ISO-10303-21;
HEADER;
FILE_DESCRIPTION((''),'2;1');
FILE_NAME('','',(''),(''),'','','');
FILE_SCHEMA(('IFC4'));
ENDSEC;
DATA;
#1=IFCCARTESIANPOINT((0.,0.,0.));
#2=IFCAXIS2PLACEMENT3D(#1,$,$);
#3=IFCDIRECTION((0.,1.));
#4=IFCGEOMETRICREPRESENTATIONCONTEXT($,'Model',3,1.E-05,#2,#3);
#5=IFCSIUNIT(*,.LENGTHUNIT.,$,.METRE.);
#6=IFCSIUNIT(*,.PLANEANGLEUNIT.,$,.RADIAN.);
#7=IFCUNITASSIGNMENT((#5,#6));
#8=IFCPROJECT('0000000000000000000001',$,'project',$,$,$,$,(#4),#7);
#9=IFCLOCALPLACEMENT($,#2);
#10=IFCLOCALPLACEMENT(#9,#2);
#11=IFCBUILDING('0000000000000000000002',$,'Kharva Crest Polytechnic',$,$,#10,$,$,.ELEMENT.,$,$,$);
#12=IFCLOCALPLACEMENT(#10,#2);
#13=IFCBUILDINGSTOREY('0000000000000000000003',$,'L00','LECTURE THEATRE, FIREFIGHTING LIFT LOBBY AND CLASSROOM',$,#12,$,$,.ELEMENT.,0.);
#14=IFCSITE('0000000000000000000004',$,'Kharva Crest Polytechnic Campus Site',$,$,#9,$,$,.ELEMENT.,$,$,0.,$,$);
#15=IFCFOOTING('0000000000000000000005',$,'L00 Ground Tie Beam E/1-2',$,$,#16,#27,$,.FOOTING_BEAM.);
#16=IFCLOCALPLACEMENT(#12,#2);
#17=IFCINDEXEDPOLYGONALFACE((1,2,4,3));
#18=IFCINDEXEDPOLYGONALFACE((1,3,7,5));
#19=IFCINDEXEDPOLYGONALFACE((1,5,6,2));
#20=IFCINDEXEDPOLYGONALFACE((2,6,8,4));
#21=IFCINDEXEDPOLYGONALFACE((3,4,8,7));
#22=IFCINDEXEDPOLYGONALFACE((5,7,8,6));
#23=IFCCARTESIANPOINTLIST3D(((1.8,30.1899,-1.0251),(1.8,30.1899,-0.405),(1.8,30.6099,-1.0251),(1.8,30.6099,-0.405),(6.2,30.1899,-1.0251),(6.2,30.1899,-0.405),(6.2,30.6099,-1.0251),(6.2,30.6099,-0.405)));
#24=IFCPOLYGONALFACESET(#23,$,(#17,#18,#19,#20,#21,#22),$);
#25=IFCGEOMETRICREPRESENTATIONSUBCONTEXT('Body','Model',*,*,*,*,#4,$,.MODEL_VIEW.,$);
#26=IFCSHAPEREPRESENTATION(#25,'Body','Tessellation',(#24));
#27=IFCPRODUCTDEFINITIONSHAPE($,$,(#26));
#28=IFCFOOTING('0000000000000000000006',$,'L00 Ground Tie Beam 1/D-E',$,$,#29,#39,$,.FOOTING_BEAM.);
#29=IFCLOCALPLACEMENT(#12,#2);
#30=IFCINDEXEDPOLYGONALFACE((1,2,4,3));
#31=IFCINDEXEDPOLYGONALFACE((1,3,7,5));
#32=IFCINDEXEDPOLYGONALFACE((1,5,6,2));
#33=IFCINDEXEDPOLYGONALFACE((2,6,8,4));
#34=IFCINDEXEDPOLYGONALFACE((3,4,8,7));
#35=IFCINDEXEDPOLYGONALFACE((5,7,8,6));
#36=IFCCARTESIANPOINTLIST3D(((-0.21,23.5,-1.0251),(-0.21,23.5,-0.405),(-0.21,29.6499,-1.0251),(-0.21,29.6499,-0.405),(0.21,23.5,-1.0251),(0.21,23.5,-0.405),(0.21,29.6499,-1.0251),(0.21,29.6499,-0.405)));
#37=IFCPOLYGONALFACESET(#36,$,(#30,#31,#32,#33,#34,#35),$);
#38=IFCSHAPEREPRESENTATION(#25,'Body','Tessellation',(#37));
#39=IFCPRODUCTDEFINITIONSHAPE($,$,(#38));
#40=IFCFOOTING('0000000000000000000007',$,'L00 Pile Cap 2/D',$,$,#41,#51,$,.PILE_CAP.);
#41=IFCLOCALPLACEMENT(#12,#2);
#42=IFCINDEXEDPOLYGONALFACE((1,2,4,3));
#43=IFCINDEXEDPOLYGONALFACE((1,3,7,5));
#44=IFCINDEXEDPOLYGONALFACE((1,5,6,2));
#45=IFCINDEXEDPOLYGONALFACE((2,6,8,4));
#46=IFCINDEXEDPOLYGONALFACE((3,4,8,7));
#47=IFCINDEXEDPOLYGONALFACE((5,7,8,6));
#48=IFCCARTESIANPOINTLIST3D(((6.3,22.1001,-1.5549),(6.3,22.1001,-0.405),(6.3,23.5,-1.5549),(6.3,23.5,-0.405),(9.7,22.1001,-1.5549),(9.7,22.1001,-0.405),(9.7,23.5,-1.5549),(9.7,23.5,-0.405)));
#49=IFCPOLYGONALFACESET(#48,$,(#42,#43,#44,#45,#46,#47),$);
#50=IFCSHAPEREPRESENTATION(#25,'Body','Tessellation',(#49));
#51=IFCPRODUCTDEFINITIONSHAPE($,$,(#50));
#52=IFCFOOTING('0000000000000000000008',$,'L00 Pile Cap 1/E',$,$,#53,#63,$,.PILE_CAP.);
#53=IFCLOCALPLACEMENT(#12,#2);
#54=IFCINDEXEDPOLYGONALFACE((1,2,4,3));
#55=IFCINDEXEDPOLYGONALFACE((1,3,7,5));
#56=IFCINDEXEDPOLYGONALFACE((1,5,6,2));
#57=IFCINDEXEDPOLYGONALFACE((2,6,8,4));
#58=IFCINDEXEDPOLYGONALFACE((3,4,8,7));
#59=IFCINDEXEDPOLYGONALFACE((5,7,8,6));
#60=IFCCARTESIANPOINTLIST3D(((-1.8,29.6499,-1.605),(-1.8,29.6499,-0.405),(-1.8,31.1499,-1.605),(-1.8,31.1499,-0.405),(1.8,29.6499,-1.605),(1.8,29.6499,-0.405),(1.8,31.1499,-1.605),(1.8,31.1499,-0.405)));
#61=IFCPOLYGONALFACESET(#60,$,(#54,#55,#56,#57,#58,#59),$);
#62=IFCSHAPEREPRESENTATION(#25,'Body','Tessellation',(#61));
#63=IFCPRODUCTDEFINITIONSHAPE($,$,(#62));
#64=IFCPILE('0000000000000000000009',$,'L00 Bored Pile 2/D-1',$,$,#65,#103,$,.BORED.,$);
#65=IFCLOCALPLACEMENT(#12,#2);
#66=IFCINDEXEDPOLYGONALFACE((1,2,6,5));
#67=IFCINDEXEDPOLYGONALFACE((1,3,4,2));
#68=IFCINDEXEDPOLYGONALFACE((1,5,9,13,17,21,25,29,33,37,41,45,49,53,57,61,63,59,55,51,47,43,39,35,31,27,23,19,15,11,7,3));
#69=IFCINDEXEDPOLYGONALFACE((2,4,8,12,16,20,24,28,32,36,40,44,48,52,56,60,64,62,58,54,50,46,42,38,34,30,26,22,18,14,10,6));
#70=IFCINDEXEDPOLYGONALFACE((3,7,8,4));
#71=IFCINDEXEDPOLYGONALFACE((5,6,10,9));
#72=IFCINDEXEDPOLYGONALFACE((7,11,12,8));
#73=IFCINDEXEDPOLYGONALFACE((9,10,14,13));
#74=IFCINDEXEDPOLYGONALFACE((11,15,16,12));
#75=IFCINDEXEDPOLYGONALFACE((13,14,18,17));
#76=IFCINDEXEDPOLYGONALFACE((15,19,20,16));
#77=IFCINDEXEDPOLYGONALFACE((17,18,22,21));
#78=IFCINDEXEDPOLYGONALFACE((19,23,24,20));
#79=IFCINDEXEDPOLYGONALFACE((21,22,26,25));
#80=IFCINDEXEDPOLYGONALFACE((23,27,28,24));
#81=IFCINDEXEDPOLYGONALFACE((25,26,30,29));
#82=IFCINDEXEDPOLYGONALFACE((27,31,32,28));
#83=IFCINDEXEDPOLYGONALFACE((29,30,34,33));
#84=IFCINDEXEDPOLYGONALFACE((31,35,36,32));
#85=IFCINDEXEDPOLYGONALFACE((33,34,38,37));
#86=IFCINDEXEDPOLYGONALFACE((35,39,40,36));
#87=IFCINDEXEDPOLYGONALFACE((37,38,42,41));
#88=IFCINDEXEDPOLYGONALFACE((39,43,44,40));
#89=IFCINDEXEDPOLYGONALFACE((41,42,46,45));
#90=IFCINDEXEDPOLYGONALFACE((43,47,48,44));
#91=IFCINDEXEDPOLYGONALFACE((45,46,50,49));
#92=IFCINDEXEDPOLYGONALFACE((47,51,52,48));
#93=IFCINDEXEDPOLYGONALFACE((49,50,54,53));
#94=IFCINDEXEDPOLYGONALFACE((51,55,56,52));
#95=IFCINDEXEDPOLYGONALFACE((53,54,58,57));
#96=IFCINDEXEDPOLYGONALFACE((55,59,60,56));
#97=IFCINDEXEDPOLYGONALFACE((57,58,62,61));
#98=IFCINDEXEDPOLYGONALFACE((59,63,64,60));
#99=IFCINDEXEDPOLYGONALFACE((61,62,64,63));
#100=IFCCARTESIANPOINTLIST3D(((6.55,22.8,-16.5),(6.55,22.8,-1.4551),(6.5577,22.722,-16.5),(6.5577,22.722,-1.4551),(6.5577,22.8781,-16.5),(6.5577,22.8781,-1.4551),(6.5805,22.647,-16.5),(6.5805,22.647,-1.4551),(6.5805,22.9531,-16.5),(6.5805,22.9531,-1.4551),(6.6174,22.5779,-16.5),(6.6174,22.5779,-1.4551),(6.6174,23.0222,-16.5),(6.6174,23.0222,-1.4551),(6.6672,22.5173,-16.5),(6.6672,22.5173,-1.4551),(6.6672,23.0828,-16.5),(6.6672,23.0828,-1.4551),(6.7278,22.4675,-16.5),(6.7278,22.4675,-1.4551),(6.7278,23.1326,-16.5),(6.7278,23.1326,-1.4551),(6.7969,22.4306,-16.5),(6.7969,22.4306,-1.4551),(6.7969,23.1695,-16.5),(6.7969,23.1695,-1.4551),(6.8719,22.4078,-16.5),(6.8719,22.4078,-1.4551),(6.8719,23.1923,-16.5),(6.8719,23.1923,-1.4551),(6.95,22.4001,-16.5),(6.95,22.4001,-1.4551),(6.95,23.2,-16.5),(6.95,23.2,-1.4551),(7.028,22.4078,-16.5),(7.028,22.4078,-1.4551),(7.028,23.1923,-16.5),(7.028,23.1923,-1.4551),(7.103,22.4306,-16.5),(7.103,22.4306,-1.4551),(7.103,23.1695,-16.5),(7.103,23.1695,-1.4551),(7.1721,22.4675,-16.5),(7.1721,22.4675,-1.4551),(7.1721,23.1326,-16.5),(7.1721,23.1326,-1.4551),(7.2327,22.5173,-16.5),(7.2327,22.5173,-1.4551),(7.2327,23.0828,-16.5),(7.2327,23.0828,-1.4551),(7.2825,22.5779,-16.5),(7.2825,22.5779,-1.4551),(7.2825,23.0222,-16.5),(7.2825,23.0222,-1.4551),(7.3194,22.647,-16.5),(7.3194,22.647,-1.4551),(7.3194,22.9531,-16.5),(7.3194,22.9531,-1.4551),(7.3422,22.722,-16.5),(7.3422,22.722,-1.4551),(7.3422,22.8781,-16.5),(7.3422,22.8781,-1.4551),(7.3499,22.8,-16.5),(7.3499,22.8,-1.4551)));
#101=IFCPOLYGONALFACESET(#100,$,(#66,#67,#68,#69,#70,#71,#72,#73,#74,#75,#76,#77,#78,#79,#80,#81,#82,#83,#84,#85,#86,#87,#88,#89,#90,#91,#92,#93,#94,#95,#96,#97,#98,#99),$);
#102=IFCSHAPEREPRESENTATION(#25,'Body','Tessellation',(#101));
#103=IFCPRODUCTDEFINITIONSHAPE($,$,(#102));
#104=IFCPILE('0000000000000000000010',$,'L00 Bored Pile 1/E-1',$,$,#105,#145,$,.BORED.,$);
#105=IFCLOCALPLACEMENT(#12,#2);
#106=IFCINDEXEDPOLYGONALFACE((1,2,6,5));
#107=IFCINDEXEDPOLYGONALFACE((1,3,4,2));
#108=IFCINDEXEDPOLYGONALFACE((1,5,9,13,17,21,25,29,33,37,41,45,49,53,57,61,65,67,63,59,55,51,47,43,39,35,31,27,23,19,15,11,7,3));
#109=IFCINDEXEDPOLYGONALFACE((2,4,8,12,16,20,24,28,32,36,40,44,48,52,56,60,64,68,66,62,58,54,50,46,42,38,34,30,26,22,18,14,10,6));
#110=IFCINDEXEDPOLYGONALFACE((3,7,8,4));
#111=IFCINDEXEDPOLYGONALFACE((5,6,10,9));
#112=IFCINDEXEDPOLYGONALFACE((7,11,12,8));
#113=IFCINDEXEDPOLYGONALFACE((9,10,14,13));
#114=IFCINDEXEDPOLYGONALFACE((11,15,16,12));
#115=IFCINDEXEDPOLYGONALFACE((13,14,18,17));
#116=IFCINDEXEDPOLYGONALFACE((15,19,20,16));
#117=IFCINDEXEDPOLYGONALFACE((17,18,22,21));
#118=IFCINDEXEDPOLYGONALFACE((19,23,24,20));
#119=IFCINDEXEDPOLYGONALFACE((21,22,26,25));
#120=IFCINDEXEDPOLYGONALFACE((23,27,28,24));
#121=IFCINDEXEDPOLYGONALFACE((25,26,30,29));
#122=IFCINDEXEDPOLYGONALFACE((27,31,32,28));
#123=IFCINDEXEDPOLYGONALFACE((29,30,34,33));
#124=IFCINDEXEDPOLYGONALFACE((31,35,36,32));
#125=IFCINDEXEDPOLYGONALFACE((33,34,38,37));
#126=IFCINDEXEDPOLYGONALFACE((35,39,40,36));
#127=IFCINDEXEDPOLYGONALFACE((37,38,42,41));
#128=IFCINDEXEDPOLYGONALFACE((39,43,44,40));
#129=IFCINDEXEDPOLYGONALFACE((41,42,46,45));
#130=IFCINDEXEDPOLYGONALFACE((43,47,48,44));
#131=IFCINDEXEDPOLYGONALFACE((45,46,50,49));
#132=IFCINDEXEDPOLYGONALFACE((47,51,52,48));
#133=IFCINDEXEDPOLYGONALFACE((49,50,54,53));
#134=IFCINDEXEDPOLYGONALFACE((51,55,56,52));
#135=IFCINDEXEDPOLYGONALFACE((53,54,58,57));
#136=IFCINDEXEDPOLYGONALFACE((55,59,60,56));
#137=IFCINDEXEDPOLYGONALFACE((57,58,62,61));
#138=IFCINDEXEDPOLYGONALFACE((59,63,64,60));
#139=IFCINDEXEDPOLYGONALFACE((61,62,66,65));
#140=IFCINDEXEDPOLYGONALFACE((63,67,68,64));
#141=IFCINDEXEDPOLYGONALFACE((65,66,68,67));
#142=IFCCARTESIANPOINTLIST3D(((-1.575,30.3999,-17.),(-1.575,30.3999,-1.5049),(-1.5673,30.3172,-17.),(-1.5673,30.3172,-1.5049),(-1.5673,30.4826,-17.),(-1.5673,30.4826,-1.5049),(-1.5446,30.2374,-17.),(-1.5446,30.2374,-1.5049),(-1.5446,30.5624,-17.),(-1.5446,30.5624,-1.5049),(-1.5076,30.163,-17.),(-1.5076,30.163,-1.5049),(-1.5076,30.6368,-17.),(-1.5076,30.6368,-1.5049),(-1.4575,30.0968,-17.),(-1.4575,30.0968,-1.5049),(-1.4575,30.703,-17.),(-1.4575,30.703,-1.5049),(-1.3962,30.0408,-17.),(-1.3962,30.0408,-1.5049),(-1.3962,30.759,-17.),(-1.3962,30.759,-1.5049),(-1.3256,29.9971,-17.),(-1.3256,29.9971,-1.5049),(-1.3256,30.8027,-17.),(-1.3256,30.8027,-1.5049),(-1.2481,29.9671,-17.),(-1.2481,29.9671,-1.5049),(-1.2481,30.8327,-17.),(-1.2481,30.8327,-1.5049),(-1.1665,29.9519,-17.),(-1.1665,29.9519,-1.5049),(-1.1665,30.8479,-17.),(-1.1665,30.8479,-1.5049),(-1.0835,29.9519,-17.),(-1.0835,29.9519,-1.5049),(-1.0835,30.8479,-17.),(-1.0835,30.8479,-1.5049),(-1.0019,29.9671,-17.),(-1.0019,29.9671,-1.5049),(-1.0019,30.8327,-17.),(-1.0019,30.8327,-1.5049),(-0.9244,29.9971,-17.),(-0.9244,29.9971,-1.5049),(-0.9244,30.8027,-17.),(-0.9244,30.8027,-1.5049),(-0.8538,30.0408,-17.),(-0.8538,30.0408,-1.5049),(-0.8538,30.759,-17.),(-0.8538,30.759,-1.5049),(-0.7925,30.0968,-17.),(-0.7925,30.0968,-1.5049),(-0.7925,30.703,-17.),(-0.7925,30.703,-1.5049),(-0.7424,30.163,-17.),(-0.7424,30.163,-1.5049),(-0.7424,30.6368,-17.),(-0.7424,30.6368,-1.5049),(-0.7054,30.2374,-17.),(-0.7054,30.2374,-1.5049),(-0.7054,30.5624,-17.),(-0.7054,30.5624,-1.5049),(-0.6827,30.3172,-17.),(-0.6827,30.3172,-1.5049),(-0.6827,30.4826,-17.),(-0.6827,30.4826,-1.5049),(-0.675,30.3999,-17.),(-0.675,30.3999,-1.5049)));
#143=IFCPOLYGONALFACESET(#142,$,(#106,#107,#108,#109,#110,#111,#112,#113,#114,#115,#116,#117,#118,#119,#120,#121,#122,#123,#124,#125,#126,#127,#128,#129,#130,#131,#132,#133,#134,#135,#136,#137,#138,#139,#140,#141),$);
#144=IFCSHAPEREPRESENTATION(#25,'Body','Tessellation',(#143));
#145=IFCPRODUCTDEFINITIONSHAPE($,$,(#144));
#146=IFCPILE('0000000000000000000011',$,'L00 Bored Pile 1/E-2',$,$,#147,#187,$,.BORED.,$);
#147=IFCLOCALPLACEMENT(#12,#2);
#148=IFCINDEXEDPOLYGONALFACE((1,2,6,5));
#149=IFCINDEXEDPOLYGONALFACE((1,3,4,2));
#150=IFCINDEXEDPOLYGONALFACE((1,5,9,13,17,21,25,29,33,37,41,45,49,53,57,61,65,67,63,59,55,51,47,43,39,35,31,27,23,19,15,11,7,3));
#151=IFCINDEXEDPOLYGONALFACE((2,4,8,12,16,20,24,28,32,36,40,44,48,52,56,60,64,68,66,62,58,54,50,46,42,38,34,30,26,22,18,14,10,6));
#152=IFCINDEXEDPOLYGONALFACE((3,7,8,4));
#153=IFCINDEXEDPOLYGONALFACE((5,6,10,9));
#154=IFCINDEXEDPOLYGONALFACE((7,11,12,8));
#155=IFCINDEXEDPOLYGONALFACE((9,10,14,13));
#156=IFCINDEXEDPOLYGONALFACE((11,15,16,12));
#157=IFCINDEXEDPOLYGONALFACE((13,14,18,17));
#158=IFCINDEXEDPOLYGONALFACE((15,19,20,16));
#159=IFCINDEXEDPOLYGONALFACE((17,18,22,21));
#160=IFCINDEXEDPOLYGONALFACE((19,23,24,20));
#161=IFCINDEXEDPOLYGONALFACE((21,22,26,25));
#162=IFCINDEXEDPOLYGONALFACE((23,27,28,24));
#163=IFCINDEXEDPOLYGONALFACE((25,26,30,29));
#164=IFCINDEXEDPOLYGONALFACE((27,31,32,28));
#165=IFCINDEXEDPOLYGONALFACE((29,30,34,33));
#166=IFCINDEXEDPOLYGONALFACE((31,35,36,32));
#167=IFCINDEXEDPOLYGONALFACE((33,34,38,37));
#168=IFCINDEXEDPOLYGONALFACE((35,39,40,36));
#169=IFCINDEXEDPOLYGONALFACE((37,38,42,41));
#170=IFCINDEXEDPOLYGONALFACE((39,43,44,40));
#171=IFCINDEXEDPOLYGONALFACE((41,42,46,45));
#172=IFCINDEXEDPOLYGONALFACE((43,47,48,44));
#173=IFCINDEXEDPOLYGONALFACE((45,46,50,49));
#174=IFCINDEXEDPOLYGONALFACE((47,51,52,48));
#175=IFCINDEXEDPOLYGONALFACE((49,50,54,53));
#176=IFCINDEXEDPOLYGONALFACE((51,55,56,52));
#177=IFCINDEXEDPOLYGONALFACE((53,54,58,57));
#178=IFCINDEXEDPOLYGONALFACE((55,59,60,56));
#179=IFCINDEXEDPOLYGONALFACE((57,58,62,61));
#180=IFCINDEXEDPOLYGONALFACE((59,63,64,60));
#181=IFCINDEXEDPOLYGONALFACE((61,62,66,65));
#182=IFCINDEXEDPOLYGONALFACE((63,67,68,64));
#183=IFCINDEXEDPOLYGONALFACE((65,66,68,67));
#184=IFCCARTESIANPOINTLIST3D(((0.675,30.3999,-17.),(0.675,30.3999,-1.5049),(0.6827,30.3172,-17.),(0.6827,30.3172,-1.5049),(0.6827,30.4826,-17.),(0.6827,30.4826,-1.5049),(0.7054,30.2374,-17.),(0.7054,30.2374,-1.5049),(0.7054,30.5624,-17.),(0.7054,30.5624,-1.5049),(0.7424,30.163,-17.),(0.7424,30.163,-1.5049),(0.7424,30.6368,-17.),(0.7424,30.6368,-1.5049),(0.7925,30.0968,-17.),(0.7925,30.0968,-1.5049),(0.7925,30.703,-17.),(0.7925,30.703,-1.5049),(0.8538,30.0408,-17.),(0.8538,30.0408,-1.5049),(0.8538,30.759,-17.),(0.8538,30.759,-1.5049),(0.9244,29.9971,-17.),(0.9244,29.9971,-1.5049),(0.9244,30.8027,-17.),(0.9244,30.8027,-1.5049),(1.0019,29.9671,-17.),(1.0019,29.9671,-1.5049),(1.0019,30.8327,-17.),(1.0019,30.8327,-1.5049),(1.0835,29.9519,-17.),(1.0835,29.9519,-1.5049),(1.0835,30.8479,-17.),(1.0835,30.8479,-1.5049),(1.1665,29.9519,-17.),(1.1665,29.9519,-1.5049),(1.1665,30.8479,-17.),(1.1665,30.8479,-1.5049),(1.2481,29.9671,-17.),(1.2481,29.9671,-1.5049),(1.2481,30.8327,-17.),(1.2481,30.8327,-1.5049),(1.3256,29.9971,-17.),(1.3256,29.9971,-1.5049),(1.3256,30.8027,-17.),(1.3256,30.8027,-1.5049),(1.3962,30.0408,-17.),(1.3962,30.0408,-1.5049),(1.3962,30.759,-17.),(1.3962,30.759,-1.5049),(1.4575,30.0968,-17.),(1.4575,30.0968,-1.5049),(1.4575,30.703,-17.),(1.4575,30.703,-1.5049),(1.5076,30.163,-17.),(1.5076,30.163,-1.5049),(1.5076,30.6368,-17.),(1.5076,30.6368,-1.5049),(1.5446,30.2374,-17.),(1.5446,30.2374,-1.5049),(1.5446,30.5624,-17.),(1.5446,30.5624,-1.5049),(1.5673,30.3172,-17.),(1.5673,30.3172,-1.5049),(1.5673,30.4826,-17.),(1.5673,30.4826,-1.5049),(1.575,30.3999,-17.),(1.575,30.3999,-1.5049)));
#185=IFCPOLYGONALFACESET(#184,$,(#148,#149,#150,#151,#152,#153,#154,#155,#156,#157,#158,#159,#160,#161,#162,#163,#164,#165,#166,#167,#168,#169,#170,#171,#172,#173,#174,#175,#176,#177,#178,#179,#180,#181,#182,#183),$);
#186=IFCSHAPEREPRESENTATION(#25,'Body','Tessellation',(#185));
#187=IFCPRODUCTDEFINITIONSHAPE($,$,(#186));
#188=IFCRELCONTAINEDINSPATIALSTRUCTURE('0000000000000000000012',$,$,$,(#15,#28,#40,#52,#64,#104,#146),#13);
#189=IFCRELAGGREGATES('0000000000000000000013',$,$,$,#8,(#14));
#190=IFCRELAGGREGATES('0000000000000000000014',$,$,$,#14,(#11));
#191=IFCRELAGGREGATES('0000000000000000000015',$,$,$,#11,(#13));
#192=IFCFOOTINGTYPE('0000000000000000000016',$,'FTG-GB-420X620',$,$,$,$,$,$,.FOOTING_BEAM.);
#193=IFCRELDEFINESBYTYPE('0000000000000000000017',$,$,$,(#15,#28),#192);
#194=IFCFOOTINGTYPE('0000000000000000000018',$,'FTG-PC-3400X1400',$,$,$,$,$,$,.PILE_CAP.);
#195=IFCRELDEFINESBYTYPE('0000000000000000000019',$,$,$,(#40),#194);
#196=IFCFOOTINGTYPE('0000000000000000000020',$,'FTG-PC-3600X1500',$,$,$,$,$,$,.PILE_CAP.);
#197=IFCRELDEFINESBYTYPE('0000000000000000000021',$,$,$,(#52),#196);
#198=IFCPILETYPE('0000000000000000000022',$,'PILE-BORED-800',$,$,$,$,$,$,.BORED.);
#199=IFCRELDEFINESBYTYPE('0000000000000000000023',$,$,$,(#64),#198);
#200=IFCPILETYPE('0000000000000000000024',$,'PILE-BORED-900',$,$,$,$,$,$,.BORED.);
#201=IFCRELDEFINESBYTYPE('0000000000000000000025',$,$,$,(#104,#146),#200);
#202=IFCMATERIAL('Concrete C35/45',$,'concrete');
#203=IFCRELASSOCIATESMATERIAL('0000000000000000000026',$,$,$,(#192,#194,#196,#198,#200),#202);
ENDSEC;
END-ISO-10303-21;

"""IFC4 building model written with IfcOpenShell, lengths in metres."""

from ifc_helpers import new_model, si_unit, direction, frame, origin, origin_2d, place, context, subcontext, project, spatial, rectangle, circle, extrude, material, material_profile, profile_set, type_object, element, save


model = new_model("IFC4")

# Units and contexts
model_context = context("Model", 3, precision=1e-05, world=origin(), true_north=direction((0.0, 1.0)))
body_context = subcontext(model_context, "Body", "Model", "MODEL_VIEW")
ifc_project = project(units=[si_unit("LENGTHUNIT", "METRE"), si_unit("PLANEANGLEUNIT", "RADIAN")], contexts=[model_context])

# Site, building, storey
site_placement = place(None, origin())
site = spatial("IfcSite", under=ifc_project, at=site_placement, Name="Kharva Crest Polytechnic Campus Site", CompositionType="ELEMENT", RefElevation=0.0)
building_placement = place(site_placement, origin())
building = spatial("IfcBuilding", under=site, at=building_placement, Name="Kharva Crest Polytechnic", CompositionType="ELEMENT")
storey_placement = place(building_placement, origin())
storey = spatial("IfcBuildingStorey", under=building, at=storey_placement, Name="L00", Description="LECTURE THEATRE, FIREFIGHTING LIFT LOBBY AND CLASSROOM", CompositionType="ELEMENT", Elevation=0.0)

# Footings
ifc_material_1 = material(Name="Concrete C35/45", Category="concrete")
footing_type_1 = type_object("IfcFootingType", Name="FTG-GB-420X620", PredefinedType="FOOTING_BEAM", material=ifc_material_1)
footing_1_placement = place(storey_placement, frame((4.0, 30.3999, -1.0251), z_axis=(0.0, 0.0, 1.0), x_axis=(1.0, 0.0, 0.0)))
element("IfcFooting", 1, at=footing_1_placement, inside=storey, type_object=footing_type_1, Name="L00 Ground Tie Beam E/1-2", PredefinedType="FOOTING_BEAM", context=body_context, shape_type="SweptSolid", body=[
    extrude(rectangle(XDim=4.3999, YDim=0.4199, at=origin_2d()), origin(), (0.0, 0.0, 1.0), 0.6201),
])
footing_2_placement = place(storey_placement, frame((0.0, 26.575, -1.0251), z_axis=(0.0, 0.0, 1.0), x_axis=(0.0, 1.0, 0.0)))
element("IfcFooting", 2, at=footing_2_placement, inside=storey, type_object=footing_type_1, Name="L00 Ground Tie Beam 1/D-E", PredefinedType="FOOTING_BEAM", context=body_context, shape_type="SweptSolid", body=[
    extrude(rectangle(XDim=6.1499, YDim=0.4199, at=origin_2d()), origin(), (0.0, 0.0, 1.0), 0.6201),
])
footing_type_2 = type_object("IfcFootingType", Name="FTG-PC-3400X1400", PredefinedType="PILE_CAP", material=ifc_material_1)
footing_3_placement = place(storey_placement, frame((8.0, 22.8, -1.5549), z_axis=(0.0, 0.0, 1.0), x_axis=(1.0, 0.0, 0.0)))
element("IfcFooting", 3, at=footing_3_placement, inside=storey, type_object=footing_type_2, Name="L00 Pile Cap 2/D", PredefinedType="PILE_CAP", context=body_context, shape_type="SweptSolid", body=[
    extrude(rectangle(XDim=3.3999, YDim=1.3999, at=origin_2d()), origin(), (0.0, 0.0, 1.0), 1.1499),
])
footing_type_3 = type_object("IfcFootingType", Name="FTG-PC-3600X1500", PredefinedType="PILE_CAP", material=ifc_material_1)
footing_4_placement = place(storey_placement, frame((0.0, 30.3999, -1.605), z_axis=(0.0, 0.0, 1.0), x_axis=(1.0, 0.0, 0.0)))
element("IfcFooting", 4, at=footing_4_placement, inside=storey, type_object=footing_type_3, Name="L00 Pile Cap 1/E", PredefinedType="PILE_CAP", context=body_context, shape_type="SweptSolid", body=[
    extrude(rectangle(XDim=3.6001, YDim=1.5, at=origin_2d()), origin(), (0.0, 0.0, 1.0), 1.2),
])

# Piles
ifc_material_profile_1 = material_profile(ifc_material_1, circle(Radius=0.3999, at=origin_2d()), Name="DIA 800")
ifc_profile_set_1 = profile_set([ifc_material_profile_1], Name="Concrete C35/45")
pile_type_1 = type_object("IfcPileType", Name="PILE-BORED-800", PredefinedType="BORED", material=ifc_profile_set_1)
pile_placement = place(storey_placement, frame((6.95, 22.8, -1.4551), z_axis=(0.0, 0.0, -1.0), x_axis=(1.0, 0.0, 0.0)))
element("IfcPile", 5, at=pile_placement, inside=storey, type_object=pile_type_1, Name="L00 Bored Pile 2/D-1", PredefinedType="BORED", context=body_context, shape_type="SweptSolid", body=[
    extrude(circle(Radius=0.3999, at=origin_2d()), origin(), (0.0, 0.0, 1.0), 15.0449),
])
ifc_material_profile_2 = material_profile(ifc_material_1, circle(Radius=0.45, at=origin_2d()), Name="DIA 900")
ifc_profile_set_2 = profile_set([ifc_material_profile_2], Name="Concrete C35/45")
pile_type_2 = type_object("IfcPileType", Name="PILE-BORED-900", PredefinedType="BORED", material=ifc_profile_set_2)
for number, where, z_axis, x_axis, name in (
    (6, (-1.125, 30.3999, -1.5049), (0.0, 0.0, -1.0), (1.0, 0.0, 0.0), "L00 Bored Pile 1/E-1"),
    (7, (1.125, 30.3999, -1.5049), (0.0, 0.0, -1.0), (1.0, 0.0, 0.0), "L00 Bored Pile 1/E-2"),
):
    element("IfcPile", number, at=place(storey_placement, frame(where, z_axis=z_axis, x_axis=x_axis)), inside=storey, type_object=pile_type_2, Name=name, PredefinedType="BORED", context=body_context, shape_type="SweptSolid", body=[
        extrude(circle(Radius=0.45, at=origin_2d()), origin(), (0.0, 0.0, 1.0), 15.4951),
    ])

save(model, "model.ifc")
